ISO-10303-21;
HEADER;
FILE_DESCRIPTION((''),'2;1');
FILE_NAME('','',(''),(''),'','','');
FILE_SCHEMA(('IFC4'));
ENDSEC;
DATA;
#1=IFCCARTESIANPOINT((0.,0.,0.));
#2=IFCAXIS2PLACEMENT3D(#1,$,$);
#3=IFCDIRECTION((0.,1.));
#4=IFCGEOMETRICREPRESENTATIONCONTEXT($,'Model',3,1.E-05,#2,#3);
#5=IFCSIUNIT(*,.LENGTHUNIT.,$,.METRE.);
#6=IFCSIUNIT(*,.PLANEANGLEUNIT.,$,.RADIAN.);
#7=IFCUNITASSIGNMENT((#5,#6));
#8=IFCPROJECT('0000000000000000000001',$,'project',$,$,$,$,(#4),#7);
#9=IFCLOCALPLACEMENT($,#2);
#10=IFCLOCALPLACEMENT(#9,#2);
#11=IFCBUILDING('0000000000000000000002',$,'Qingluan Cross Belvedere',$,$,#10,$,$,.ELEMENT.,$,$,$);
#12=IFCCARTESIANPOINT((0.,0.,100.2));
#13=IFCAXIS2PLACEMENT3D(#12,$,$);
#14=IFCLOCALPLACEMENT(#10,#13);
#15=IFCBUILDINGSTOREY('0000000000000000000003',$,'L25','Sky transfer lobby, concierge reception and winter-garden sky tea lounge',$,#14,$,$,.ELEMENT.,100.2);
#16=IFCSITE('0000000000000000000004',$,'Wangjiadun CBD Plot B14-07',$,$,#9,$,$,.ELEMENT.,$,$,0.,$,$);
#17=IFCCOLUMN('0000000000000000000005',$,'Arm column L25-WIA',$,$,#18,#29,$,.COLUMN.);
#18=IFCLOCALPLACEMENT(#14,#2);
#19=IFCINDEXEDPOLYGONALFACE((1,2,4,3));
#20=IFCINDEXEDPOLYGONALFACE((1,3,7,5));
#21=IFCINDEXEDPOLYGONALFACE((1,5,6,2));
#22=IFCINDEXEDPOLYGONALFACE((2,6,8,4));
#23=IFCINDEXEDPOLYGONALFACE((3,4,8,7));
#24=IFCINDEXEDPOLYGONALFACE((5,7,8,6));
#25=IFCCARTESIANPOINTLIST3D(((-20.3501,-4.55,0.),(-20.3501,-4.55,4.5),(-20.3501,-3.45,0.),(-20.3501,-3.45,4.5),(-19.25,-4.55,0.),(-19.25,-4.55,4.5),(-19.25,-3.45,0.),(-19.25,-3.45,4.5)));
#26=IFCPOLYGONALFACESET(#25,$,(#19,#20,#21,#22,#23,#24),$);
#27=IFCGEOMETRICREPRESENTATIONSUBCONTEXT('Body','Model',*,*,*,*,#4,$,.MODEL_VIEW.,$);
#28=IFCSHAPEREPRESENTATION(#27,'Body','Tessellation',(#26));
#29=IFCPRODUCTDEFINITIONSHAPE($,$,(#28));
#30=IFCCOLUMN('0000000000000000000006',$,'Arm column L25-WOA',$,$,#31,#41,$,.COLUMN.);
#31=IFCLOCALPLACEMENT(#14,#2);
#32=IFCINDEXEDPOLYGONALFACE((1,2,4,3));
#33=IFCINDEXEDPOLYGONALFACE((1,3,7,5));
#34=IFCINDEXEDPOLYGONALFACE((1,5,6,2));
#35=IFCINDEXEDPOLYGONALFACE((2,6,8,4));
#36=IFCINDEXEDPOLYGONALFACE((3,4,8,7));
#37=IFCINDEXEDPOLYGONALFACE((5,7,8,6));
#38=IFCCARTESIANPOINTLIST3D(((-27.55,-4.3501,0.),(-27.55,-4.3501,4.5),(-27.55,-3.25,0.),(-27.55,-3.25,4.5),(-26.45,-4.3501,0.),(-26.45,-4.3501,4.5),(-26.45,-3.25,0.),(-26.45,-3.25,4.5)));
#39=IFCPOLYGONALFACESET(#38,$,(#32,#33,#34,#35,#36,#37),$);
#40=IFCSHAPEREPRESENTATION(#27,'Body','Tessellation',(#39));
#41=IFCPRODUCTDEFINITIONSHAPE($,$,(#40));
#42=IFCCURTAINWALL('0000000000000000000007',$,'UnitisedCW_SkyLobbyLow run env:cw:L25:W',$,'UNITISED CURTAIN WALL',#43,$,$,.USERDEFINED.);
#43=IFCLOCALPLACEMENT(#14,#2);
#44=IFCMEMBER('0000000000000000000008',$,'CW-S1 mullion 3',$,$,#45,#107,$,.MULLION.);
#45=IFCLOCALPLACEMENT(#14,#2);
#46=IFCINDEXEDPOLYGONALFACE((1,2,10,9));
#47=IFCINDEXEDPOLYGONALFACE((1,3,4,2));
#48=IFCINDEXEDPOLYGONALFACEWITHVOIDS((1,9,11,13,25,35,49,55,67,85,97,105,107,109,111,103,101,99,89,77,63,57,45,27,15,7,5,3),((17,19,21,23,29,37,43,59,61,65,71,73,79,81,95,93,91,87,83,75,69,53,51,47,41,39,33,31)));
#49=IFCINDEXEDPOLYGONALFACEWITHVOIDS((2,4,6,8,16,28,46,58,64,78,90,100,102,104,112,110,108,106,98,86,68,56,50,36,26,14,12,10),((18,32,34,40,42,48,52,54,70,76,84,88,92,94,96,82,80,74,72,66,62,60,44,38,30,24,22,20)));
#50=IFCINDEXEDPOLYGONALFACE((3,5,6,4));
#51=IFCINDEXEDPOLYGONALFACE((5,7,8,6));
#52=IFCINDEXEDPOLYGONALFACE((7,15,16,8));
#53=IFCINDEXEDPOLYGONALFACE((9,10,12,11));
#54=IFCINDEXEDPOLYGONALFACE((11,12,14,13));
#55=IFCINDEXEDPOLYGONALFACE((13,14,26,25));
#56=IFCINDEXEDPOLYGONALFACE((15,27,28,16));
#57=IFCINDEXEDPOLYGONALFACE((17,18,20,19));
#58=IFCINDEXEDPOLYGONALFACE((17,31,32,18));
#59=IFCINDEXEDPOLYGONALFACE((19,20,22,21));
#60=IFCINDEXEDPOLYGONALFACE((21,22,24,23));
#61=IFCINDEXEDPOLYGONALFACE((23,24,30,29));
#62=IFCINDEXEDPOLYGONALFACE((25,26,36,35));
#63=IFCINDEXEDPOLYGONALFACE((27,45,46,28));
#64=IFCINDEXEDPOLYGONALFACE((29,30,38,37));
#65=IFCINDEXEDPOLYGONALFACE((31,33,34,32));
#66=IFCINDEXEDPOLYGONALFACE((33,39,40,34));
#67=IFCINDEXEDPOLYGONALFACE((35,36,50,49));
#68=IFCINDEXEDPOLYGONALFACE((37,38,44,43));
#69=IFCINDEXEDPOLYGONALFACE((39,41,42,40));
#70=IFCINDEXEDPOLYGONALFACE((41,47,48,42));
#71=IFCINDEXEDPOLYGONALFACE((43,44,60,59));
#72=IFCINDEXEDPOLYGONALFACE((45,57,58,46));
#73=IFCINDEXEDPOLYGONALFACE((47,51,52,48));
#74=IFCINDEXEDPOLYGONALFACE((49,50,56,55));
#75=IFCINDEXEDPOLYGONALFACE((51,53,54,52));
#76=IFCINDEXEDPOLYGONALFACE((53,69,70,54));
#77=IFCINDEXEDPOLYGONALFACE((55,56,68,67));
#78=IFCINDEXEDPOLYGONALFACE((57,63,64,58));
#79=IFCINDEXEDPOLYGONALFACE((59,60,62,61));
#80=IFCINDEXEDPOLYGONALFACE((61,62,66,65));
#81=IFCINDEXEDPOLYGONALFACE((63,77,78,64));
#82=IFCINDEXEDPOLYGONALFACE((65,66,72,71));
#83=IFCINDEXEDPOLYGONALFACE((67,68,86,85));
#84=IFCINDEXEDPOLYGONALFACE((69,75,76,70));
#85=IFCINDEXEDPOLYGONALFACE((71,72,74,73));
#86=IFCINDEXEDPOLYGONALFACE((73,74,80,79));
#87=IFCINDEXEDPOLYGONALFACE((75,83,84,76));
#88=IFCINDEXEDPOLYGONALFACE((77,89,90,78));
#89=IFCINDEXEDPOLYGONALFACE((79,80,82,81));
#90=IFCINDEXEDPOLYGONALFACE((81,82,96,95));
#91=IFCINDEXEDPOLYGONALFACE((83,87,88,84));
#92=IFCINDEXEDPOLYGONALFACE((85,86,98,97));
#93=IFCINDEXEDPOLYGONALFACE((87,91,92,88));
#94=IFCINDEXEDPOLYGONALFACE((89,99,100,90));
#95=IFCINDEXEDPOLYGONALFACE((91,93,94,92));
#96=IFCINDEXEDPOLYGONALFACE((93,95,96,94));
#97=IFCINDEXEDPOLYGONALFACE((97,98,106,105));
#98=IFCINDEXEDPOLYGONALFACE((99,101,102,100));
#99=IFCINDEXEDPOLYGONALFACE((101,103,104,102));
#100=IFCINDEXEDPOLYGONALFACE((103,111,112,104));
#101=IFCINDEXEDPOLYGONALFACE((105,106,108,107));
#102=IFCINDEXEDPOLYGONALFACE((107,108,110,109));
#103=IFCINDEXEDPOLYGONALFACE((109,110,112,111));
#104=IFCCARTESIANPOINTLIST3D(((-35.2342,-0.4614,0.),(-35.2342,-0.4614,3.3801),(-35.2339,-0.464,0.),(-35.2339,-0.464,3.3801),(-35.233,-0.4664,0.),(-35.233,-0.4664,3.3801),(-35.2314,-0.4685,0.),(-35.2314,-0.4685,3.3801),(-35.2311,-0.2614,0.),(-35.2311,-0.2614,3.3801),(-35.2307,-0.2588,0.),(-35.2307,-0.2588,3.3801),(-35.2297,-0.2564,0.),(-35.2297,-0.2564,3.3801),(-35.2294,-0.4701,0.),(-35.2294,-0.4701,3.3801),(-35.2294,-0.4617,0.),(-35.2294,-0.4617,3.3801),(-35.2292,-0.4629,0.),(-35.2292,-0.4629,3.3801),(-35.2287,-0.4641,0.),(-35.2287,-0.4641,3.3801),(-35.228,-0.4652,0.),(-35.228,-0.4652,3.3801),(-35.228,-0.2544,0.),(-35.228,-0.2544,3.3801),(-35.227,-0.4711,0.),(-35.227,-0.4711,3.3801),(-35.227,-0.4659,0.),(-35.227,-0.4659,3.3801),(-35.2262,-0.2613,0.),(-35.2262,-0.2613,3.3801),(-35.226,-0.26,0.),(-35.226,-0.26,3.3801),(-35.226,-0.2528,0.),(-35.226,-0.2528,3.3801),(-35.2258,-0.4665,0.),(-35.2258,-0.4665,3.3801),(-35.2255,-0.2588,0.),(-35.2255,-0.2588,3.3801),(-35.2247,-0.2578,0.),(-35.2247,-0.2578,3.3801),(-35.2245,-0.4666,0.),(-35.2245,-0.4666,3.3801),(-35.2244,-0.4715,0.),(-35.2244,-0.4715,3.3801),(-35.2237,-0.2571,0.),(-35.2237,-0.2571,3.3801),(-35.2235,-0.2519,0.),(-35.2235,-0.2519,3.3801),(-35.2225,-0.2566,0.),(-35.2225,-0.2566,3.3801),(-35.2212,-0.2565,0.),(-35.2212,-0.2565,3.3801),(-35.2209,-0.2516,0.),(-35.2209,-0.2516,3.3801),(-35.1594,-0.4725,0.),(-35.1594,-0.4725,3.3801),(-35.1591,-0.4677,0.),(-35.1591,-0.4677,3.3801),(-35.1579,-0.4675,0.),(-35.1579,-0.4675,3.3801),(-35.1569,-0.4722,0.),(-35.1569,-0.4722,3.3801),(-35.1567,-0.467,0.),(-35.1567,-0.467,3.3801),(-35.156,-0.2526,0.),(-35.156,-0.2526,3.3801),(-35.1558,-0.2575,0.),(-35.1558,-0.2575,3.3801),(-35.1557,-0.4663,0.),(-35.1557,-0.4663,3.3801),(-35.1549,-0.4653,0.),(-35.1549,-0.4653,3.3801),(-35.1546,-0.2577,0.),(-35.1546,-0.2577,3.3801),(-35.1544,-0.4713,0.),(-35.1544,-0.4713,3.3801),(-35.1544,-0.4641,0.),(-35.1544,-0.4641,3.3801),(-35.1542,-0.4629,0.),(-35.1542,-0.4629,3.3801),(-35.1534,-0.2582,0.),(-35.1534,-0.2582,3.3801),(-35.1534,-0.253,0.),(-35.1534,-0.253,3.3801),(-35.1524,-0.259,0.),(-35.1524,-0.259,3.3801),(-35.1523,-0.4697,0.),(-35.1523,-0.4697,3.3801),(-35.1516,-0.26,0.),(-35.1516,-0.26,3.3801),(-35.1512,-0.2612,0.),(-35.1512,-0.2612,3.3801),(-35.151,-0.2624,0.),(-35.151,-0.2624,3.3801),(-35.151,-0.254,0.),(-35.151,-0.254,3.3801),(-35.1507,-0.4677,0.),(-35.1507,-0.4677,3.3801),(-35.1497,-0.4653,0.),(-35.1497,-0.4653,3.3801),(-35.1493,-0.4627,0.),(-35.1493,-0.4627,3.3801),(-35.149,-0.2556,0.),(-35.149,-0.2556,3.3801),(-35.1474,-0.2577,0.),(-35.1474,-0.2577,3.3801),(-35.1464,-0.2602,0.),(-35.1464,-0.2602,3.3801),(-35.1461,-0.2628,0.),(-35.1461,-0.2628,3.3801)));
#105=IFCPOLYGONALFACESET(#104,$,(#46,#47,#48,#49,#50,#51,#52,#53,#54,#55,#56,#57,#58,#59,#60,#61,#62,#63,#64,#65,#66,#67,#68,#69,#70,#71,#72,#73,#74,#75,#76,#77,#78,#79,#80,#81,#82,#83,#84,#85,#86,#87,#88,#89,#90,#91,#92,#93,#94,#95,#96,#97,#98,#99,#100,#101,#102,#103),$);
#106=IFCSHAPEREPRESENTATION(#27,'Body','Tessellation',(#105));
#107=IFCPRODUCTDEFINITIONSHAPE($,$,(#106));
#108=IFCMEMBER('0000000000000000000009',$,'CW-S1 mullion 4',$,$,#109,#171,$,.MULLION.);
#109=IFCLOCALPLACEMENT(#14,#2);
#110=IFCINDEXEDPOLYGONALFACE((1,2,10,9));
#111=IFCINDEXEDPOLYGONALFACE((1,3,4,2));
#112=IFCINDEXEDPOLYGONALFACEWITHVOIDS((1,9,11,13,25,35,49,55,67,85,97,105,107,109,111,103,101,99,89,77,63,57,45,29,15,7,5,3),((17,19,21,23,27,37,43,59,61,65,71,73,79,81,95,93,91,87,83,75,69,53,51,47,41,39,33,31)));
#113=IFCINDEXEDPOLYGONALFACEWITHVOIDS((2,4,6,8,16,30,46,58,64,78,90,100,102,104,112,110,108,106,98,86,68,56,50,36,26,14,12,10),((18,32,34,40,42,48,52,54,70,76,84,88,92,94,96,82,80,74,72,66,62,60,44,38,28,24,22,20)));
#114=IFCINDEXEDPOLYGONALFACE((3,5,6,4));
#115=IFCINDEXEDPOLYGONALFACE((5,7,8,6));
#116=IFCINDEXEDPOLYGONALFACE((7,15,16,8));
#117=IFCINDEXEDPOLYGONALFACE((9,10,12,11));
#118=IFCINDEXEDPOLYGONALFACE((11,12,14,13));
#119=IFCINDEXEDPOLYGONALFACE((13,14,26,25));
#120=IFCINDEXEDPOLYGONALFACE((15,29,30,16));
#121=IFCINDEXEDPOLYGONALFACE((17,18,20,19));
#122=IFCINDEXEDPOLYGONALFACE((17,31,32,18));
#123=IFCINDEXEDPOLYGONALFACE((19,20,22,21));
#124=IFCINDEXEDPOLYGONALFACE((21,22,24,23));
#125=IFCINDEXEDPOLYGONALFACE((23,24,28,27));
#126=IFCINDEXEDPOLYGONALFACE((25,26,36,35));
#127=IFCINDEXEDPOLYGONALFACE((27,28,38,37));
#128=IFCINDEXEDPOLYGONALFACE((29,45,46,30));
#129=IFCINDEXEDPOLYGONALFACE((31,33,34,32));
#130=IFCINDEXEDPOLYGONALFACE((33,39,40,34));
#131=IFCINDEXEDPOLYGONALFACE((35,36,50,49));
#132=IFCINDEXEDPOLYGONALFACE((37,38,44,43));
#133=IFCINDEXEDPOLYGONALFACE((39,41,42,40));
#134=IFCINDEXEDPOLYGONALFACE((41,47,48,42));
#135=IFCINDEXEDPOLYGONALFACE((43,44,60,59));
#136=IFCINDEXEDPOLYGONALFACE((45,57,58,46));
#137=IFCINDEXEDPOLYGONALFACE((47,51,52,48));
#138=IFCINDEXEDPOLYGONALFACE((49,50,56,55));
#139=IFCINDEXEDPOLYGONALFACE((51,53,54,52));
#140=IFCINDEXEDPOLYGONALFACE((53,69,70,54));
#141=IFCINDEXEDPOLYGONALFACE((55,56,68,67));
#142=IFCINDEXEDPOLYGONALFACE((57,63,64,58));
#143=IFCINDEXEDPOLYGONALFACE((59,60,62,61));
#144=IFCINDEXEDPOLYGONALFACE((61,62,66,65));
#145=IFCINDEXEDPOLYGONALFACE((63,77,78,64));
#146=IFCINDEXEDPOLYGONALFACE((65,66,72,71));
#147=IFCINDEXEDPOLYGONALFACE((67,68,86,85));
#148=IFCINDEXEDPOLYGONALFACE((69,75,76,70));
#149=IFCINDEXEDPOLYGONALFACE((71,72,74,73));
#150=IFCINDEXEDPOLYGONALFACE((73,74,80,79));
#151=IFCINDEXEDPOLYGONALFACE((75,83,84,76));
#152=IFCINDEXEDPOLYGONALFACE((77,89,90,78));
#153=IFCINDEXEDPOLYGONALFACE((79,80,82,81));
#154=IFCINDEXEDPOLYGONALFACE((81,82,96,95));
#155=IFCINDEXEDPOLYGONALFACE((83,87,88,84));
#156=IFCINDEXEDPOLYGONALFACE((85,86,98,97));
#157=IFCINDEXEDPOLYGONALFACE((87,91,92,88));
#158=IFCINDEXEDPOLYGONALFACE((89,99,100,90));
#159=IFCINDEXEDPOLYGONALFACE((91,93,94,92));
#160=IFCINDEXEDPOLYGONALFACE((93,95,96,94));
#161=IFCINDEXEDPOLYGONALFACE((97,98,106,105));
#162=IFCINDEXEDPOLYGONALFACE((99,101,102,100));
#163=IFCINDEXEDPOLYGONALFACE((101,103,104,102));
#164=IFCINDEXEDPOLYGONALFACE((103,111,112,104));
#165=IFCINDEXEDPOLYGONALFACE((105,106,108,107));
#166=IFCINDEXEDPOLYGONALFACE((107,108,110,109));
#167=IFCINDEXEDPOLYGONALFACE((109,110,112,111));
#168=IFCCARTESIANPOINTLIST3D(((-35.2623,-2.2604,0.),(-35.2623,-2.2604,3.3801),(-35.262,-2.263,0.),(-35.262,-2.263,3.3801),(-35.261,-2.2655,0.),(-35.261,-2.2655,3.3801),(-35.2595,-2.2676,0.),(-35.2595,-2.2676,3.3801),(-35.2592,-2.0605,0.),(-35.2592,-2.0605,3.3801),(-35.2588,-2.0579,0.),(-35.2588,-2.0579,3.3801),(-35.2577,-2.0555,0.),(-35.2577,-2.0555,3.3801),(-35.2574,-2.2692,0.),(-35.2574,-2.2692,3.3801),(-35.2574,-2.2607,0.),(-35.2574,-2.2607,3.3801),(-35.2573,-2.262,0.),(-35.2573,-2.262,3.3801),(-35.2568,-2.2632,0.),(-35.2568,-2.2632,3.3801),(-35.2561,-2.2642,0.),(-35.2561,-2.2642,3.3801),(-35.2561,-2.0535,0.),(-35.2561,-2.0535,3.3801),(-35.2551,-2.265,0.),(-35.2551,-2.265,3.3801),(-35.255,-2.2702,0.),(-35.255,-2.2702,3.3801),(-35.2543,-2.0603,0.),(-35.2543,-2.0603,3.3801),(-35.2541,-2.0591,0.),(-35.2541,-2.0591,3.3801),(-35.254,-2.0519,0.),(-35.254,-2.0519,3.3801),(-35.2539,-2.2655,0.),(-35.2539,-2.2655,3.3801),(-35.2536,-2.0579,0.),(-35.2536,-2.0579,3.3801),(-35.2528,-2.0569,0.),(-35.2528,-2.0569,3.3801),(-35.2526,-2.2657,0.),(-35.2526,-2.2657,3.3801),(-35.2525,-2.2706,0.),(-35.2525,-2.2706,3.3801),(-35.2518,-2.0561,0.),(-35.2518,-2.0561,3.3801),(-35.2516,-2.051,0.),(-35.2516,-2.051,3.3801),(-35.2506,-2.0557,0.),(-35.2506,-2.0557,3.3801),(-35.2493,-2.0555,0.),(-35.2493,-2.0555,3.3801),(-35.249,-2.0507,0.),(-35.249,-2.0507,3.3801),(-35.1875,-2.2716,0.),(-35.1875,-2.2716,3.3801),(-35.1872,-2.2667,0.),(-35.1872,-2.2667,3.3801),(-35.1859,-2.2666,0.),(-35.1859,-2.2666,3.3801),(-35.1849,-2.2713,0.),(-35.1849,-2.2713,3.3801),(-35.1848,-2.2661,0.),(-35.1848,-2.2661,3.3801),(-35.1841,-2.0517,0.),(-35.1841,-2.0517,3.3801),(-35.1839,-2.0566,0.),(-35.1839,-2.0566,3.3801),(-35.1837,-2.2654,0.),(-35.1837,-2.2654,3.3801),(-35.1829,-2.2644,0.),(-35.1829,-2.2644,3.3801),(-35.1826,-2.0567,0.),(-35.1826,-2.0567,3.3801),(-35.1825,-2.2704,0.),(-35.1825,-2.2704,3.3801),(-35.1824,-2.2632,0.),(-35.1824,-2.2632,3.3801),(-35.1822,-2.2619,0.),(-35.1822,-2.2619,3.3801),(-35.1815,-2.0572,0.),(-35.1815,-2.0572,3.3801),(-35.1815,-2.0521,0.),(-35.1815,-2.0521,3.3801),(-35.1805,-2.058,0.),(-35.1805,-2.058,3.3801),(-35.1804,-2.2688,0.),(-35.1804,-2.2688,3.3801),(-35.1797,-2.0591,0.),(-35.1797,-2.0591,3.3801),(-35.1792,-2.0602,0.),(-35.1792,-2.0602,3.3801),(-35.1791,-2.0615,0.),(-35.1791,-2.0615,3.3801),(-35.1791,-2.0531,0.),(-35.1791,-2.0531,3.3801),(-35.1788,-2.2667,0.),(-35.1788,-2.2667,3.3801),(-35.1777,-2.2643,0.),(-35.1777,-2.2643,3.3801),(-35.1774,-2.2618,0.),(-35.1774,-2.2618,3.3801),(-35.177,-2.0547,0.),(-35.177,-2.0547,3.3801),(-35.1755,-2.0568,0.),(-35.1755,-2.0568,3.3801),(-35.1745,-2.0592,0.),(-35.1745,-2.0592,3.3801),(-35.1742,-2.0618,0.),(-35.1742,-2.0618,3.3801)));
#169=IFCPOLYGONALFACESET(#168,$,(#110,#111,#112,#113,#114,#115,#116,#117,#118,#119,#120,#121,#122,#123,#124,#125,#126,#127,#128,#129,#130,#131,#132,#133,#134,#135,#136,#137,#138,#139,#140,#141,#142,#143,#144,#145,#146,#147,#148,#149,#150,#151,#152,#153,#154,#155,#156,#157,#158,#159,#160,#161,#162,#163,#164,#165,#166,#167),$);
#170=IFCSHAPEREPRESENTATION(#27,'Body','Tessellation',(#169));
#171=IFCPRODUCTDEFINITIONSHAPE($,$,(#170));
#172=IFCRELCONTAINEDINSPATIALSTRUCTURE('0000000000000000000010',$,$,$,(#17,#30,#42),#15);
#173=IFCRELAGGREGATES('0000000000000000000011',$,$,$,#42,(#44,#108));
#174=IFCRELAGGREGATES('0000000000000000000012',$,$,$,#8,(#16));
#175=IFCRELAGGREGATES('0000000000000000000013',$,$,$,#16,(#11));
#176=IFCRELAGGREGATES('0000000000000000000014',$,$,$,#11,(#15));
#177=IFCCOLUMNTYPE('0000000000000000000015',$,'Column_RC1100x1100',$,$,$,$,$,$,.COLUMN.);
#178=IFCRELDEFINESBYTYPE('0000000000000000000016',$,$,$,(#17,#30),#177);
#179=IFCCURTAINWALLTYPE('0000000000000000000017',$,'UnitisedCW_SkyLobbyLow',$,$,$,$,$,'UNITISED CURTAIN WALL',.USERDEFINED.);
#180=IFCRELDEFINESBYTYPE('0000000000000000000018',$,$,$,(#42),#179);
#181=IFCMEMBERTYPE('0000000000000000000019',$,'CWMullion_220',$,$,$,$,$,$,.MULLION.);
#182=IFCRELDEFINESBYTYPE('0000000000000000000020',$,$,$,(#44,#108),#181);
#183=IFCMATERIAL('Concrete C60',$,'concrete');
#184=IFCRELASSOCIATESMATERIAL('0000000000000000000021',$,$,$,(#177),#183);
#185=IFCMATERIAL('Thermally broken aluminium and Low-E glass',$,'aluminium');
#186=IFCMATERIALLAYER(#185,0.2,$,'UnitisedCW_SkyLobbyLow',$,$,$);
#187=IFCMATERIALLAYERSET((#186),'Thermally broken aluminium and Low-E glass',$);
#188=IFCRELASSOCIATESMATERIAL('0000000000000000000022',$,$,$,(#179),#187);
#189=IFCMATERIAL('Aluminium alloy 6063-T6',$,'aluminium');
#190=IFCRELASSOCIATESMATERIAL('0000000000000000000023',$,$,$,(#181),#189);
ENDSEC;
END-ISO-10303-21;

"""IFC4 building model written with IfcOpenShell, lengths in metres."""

from ifc_helpers import new_model, si_unit, direction, frame, origin, origin_2d, place, context, subcontext, project, spatial, rectangle, hollow_rectangle, extrude, material, layer, layer_set, material_profile, profile_set, type_object, element, aggregate, save


model = new_model("IFC4")

# Units and contexts
model_context = context("Model", 3, precision=1e-05, world=origin(), true_north=direction((0.0, 1.0)))
body_context = subcontext(model_context, "Body", "Model", "MODEL_VIEW")
ifc_project = project(units=[si_unit("LENGTHUNIT", "METRE"), si_unit("PLANEANGLEUNIT", "RADIAN")], contexts=[model_context])

# Site, building, storey
site_placement = place(None, origin())
site = spatial("IfcSite", under=ifc_project, at=site_placement, Name="Wangjiadun CBD Plot B14-07", CompositionType="ELEMENT", RefElevation=0.0)
building_placement = place(site_placement, origin())
building = spatial("IfcBuilding", under=site, at=building_placement, Name="Qingluan Cross Belvedere", CompositionType="ELEMENT")
storey_placement = place(building_placement, frame((0.0, 0.0, 100.2)))
storey = spatial("IfcBuildingStorey", under=building, at=storey_placement, Name="L25", Description="Sky transfer lobby, concierge reception and winter-garden sky tea lounge", CompositionType="ELEMENT", Elevation=100.2)

# Columns
ifc_material_1 = material(Name="Concrete C60", Category="concrete")
ifc_material_profile_1 = material_profile(ifc_material_1, rectangle(XDim=1.1001, YDim=1.1001, at=origin_2d()), Name="RC1100x1100")
ifc_profile_set_1 = profile_set([ifc_material_profile_1], Name="Concrete C60")
column_type = type_object("IfcColumnType", Name="Column_RC1100x1100", PredefinedType="COLUMN", material=ifc_profile_set_1)
for number, where, z_axis, x_axis, name in (
    (1, (-19.8, -4.0, 0.0), (0.0, 0.0, 1.0), (1.0, 0.0, 0.0), "Arm column L25-WIA"),
    (2, (-27.0, -3.8, 0.0), (0.0, 0.0, 1.0), (1.0, 0.0, 0.0), "Arm column L25-WOA"),
):
    element("IfcColumn", number, at=place(storey_placement, frame(where, z_axis=z_axis, x_axis=x_axis)), inside=storey, type_object=column_type, Name=name, PredefinedType="COLUMN", context=body_context, shape_type="SweptSolid", body=[
        extrude(rectangle(XDim=1.1001, YDim=1.1001, at=origin_2d()), origin(), (0.0, 0.0, 1.0), 4.5),
    ])

# Curtain wall, members
ifc_material_2 = material(Name="Thermally broken aluminium and Low-E glass", Category="aluminium")
ifc_layer_1 = layer(ifc_material_2, 0.2, Name="UnitisedCW_SkyLobbyLow")
ifc_layer_set_1 = layer_set([ifc_layer_1], Name="Thermally broken aluminium and Low-E glass")
curtain_wall_type = type_object("IfcCurtainWallType", Name="UnitisedCW_SkyLobbyLow", ElementType="UNITISED CURTAIN WALL", PredefinedType="USERDEFINED", material=ifc_layer_set_1)
curtain_wall_placement = place(storey_placement, origin())
curtain_wall = element("IfcCurtainWall", 3, at=curtain_wall_placement, inside=storey, type_object=curtain_wall_type, Name="UnitisedCW_SkyLobbyLow run env:cw:L25:W", ObjectType="UNITISED CURTAIN WALL", PredefinedType="USERDEFINED")
ifc_material_3 = material(Name="Aluminium alloy 6063-T6", Category="aluminium")
ifc_material_profile_2 = material_profile(ifc_material_3, hollow_rectangle(XDim=0.085, YDim=0.22, WallThickness=0.0049, InnerFilletRadius=0.0049, OuterFilletRadius=0.01, at=origin_2d()), Name="CWM220x85x5")
ifc_profile_set_2 = profile_set([ifc_material_profile_2], Name="Aluminium alloy 6063-T6")
member_type_1 = type_object("IfcMemberType", Name="CWMullion_220", PredefinedType="MULLION", material=ifc_profile_set_2)
member_1_placement = place(storey_placement, frame((-35.1902, -0.3621, 0.0), z_axis=(0.0, 0.0, 1.0), x_axis=(0.999877, -0.015707, 0.0)))
member_1 = element("IfcMember", 4, at=member_1_placement, type_object=member_type_1, Name="CW-S1 mullion 3", PredefinedType="MULLION", context=body_context, shape_type="SweptSolid", body=[
    extrude(hollow_rectangle(XDim=0.085, YDim=0.22, WallThickness=0.0049, InnerFilletRadius=0.0049, OuterFilletRadius=0.01, at=origin_2d()), origin(), (0.0, 0.0, 1.0), 3.3801),
])
member_2_placement = place(storey_placement, frame((-35.2183, -2.1611, 0.0), z_axis=(0.0, 0.0, 1.0), x_axis=(0.999877, -0.015707, 0.0)))
member_2 = element("IfcMember", 5, at=member_2_placement, type_object=member_type_1, Name="CW-S1 mullion 4", PredefinedType="MULLION", context=body_context, shape_type="SweptSolid", body=[
    extrude(hollow_rectangle(XDim=0.085, YDim=0.22, WallThickness=0.0049, InnerFilletRadius=0.0049, OuterFilletRadius=0.01, at=origin_2d()), origin(), (0.0, 0.0, 1.0), 3.3801),
])

aggregate(curtain_wall, [member_1, member_2])

save(model, "model.ifc")
